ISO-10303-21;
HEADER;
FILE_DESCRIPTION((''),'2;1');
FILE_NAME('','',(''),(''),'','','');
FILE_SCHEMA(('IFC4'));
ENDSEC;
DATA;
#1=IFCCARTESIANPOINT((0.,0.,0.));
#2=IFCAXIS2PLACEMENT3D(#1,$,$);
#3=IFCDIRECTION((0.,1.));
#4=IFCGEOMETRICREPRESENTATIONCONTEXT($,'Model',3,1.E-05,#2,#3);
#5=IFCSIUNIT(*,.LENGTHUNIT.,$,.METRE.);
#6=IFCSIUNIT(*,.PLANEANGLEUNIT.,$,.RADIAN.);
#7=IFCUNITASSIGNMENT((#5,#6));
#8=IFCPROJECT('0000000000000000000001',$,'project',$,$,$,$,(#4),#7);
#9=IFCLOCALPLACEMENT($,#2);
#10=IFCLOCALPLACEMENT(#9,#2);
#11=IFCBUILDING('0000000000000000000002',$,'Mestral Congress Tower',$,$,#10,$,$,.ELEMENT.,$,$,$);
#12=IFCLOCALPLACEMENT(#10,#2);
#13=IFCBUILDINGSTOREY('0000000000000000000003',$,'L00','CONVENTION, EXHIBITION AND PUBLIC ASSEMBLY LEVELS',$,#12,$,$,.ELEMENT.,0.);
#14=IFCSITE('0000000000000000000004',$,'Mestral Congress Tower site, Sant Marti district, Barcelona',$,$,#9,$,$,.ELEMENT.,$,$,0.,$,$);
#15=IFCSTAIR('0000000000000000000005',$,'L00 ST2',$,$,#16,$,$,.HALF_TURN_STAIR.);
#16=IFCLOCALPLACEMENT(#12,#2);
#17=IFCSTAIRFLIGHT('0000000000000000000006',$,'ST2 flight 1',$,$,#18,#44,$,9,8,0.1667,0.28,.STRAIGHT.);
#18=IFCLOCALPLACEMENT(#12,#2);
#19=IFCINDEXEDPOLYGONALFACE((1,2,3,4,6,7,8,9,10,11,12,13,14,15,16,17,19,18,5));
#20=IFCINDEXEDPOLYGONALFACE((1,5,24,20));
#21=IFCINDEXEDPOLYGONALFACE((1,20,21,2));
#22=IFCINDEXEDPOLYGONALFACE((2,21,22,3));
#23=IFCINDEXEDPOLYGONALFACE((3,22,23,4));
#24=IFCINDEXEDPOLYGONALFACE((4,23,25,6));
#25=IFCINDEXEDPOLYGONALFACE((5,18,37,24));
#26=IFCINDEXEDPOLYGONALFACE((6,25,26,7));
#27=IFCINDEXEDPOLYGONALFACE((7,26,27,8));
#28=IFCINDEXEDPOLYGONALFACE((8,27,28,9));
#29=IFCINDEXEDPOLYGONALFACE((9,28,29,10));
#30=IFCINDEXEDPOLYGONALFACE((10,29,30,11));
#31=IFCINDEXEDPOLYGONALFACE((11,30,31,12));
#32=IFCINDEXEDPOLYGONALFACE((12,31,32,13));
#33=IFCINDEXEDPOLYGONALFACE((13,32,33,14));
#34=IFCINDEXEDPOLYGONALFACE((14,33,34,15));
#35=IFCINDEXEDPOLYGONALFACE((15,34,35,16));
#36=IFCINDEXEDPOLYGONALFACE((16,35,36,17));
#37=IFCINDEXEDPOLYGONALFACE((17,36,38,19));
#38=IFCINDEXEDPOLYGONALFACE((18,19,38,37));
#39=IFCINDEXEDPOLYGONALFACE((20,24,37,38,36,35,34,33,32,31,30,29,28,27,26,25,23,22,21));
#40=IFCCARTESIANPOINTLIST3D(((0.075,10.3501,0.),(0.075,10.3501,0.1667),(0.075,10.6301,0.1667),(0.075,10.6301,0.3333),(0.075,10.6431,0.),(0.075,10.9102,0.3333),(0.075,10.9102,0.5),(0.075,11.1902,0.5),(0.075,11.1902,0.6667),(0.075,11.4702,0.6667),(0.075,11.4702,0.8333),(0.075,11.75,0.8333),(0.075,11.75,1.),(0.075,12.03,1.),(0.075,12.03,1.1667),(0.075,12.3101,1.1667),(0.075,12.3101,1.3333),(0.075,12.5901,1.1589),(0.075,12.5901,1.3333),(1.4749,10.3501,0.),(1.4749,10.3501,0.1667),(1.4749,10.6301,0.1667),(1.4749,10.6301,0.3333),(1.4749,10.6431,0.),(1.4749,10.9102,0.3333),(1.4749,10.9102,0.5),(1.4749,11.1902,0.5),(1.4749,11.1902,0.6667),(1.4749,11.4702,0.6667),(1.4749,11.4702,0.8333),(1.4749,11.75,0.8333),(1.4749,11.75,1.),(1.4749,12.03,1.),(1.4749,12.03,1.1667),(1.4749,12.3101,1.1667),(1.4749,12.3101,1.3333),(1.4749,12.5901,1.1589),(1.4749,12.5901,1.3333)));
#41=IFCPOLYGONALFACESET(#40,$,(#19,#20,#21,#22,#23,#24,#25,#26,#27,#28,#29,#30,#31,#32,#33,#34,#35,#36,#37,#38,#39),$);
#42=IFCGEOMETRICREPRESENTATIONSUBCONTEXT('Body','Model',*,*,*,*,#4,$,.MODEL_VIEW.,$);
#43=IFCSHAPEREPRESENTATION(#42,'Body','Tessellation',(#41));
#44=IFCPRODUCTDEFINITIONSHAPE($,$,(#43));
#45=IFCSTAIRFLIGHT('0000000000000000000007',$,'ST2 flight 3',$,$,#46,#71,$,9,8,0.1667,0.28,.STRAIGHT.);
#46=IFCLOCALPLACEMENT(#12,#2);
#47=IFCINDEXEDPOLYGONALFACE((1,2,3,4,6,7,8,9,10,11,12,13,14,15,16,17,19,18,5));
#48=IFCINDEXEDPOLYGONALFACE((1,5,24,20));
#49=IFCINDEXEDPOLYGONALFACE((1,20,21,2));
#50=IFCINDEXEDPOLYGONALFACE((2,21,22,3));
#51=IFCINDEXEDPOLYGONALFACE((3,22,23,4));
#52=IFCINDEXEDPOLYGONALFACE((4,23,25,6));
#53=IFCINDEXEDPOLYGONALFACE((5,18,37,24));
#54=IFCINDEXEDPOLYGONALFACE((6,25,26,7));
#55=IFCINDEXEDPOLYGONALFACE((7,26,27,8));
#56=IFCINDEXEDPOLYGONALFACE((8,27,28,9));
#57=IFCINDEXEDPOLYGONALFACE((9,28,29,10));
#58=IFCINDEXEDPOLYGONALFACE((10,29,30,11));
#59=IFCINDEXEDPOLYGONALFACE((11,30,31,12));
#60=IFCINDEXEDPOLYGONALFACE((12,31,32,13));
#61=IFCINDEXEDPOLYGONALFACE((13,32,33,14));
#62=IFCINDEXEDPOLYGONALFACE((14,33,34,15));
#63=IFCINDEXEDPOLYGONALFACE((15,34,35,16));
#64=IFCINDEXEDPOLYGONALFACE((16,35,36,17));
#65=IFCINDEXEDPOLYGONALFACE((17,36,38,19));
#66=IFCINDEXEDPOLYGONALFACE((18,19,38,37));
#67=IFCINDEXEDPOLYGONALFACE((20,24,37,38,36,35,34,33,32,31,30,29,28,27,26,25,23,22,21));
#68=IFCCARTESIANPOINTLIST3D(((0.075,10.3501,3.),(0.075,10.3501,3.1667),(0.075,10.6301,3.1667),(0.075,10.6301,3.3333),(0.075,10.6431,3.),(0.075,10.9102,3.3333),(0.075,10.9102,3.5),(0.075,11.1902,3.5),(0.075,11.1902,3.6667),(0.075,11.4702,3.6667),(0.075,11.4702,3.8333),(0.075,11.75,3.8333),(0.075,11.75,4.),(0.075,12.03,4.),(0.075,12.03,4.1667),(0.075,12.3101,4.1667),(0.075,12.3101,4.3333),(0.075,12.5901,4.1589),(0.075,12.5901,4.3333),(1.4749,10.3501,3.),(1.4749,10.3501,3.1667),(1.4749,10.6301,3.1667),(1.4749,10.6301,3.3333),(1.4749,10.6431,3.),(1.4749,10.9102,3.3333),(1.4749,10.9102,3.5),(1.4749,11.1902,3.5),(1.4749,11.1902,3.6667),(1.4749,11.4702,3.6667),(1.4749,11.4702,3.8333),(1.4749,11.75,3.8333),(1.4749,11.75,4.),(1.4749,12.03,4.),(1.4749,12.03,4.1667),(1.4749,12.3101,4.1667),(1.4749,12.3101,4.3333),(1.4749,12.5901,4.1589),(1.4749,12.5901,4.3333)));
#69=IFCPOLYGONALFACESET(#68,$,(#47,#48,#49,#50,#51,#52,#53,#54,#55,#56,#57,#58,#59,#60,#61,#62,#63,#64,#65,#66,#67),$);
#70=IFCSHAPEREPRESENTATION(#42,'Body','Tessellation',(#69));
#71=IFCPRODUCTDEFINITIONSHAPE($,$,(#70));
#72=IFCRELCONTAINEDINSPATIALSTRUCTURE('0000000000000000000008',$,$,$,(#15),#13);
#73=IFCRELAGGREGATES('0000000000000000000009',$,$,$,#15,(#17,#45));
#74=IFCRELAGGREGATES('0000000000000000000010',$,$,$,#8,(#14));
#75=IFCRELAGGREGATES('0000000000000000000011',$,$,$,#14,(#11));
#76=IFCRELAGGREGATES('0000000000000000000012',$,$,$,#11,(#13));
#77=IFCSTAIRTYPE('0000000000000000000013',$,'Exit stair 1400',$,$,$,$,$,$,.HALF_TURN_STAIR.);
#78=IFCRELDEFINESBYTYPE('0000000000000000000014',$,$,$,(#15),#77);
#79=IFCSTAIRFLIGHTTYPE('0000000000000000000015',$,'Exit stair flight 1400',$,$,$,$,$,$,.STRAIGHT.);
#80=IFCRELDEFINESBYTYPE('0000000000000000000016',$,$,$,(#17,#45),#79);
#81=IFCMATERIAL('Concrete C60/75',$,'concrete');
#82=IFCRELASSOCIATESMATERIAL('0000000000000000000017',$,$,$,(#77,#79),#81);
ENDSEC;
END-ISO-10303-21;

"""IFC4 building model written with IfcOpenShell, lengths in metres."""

from ifc_helpers import new_model, si_unit, direction, frame, origin, place, context, subcontext, project, spatial, polyline, outline, extrude, material, type_object, element, aggregate, save


model = new_model("IFC4")

# Units and contexts
model_context = context("Model", 3, precision=1e-05, world=origin(), true_north=direction((0.0, 1.0)))
body_context = subcontext(model_context, "Body", "Model", "MODEL_VIEW")
ifc_project = project(units=[si_unit("LENGTHUNIT", "METRE"), si_unit("PLANEANGLEUNIT", "RADIAN")], contexts=[model_context])

# Site, building, storey
site_placement = place(None, origin())
site = spatial("IfcSite", under=ifc_project, at=site_placement, Name="Mestral Congress Tower site, Sant Marti district, Barcelona", CompositionType="ELEMENT", RefElevation=0.0)
building_placement = place(site_placement, origin())
building = spatial("IfcBuilding", under=site, at=building_placement, Name="Mestral Congress Tower", CompositionType="ELEMENT")
storey_placement = place(building_placement, origin())
storey = spatial("IfcBuildingStorey", under=building, at=storey_placement, Name="L00", Description="CONVENTION, EXHIBITION AND PUBLIC ASSEMBLY LEVELS", CompositionType="ELEMENT", Elevation=0.0)

# Shared definitions
ifc_material_1 = material(Name="Concrete C60/75", Category="concrete")

# Stair, stair flights
stair_type = type_object("IfcStairType", Name="Exit stair 1400", PredefinedType="HALF_TURN_STAIR", material=ifc_material_1)
stair_placement = place(storey_placement, origin())
stair = element("IfcStair", 1, at=stair_placement, inside=storey, type_object=stair_type, Name="L00 ST2", PredefinedType="HALF_TURN_STAIR")
stair_flight_type = type_object("IfcStairFlightType", Name="Exit stair flight 1400", PredefinedType="STRAIGHT", material=ifc_material_1)
stair_flight_1_placement = place(storey_placement, frame((0.7749, 10.3501, 0.0), z_axis=(0.0, 0.0, 1.0), x_axis=(0.0, 1.0, 0.0)))
stair_flight_1 = element("IfcStairFlight", 2, at=stair_flight_1_placement, type_object=stair_flight_type, Name="ST2 flight 1", NumberOfRisers=9, NumberOfTreads=8, PredefinedType="STRAIGHT", RiserHeight=0.1667, TreadLength=0.28, context=body_context, shape_type="SweptSolid", body=[
    extrude(outline(polyline([(0.0, 0.0), (0.0, 0.1667), (0.28, 0.1667), (0.28, 0.3333), (0.5601, 0.3333), (0.5601, 0.5), (0.8401, 0.5), (0.8401, 0.6667), (1.1201, 0.6667), (1.1201, 0.8333), (1.3999, 0.8333), (1.3999, 1.0), (1.6799, 1.0), (1.6799, 1.1667), (1.96, 1.1667), (1.96, 1.3333), (2.24, 1.3333), (2.24, 1.5), (2.24, 1.1589), (0.293, 0.0), (0.0, 0.0)])), frame((0.0, 0.7, 0.0), z_axis=(0.0, -1.0, 0.0), x_axis=(1.0, 0.0, 0.0)), (0.0, 0.0, 1.0), 1.3999),
])
stair_flight_2_placement = place(storey_placement, frame((0.7749, 10.3501, 3.0), z_axis=(0.0, 0.0, 1.0), x_axis=(0.0, 1.0, 0.0)))
stair_flight_2 = element("IfcStairFlight", 3, at=stair_flight_2_placement, type_object=stair_flight_type, Name="ST2 flight 3", NumberOfRisers=9, NumberOfTreads=8, PredefinedType="STRAIGHT", RiserHeight=0.1667, TreadLength=0.28, context=body_context, shape_type="SweptSolid", body=[
    extrude(outline(polyline([(0.0, 0.0), (0.0, 0.1667), (0.28, 0.1667), (0.28, 0.3333), (0.5601, 0.3333), (0.5601, 0.5), (0.8401, 0.5), (0.8401, 0.6667), (1.1201, 0.6667), (1.1201, 0.8333), (1.3999, 0.8333), (1.3999, 1.0), (1.6799, 1.0), (1.6799, 1.1667), (1.96, 1.1667), (1.96, 1.3333), (2.24, 1.3333), (2.24, 1.5), (2.24, 1.1589), (0.293, 0.0), (0.0, 0.0)])), frame((0.0, 0.7, 0.0), z_axis=(0.0, -1.0, 0.0), x_axis=(1.0, 0.0, 0.0)), (0.0, 0.0, 1.0), 1.3999),
])
aggregate(stair, [stair_flight_1, stair_flight_2])

save(model, "model.ifc")
